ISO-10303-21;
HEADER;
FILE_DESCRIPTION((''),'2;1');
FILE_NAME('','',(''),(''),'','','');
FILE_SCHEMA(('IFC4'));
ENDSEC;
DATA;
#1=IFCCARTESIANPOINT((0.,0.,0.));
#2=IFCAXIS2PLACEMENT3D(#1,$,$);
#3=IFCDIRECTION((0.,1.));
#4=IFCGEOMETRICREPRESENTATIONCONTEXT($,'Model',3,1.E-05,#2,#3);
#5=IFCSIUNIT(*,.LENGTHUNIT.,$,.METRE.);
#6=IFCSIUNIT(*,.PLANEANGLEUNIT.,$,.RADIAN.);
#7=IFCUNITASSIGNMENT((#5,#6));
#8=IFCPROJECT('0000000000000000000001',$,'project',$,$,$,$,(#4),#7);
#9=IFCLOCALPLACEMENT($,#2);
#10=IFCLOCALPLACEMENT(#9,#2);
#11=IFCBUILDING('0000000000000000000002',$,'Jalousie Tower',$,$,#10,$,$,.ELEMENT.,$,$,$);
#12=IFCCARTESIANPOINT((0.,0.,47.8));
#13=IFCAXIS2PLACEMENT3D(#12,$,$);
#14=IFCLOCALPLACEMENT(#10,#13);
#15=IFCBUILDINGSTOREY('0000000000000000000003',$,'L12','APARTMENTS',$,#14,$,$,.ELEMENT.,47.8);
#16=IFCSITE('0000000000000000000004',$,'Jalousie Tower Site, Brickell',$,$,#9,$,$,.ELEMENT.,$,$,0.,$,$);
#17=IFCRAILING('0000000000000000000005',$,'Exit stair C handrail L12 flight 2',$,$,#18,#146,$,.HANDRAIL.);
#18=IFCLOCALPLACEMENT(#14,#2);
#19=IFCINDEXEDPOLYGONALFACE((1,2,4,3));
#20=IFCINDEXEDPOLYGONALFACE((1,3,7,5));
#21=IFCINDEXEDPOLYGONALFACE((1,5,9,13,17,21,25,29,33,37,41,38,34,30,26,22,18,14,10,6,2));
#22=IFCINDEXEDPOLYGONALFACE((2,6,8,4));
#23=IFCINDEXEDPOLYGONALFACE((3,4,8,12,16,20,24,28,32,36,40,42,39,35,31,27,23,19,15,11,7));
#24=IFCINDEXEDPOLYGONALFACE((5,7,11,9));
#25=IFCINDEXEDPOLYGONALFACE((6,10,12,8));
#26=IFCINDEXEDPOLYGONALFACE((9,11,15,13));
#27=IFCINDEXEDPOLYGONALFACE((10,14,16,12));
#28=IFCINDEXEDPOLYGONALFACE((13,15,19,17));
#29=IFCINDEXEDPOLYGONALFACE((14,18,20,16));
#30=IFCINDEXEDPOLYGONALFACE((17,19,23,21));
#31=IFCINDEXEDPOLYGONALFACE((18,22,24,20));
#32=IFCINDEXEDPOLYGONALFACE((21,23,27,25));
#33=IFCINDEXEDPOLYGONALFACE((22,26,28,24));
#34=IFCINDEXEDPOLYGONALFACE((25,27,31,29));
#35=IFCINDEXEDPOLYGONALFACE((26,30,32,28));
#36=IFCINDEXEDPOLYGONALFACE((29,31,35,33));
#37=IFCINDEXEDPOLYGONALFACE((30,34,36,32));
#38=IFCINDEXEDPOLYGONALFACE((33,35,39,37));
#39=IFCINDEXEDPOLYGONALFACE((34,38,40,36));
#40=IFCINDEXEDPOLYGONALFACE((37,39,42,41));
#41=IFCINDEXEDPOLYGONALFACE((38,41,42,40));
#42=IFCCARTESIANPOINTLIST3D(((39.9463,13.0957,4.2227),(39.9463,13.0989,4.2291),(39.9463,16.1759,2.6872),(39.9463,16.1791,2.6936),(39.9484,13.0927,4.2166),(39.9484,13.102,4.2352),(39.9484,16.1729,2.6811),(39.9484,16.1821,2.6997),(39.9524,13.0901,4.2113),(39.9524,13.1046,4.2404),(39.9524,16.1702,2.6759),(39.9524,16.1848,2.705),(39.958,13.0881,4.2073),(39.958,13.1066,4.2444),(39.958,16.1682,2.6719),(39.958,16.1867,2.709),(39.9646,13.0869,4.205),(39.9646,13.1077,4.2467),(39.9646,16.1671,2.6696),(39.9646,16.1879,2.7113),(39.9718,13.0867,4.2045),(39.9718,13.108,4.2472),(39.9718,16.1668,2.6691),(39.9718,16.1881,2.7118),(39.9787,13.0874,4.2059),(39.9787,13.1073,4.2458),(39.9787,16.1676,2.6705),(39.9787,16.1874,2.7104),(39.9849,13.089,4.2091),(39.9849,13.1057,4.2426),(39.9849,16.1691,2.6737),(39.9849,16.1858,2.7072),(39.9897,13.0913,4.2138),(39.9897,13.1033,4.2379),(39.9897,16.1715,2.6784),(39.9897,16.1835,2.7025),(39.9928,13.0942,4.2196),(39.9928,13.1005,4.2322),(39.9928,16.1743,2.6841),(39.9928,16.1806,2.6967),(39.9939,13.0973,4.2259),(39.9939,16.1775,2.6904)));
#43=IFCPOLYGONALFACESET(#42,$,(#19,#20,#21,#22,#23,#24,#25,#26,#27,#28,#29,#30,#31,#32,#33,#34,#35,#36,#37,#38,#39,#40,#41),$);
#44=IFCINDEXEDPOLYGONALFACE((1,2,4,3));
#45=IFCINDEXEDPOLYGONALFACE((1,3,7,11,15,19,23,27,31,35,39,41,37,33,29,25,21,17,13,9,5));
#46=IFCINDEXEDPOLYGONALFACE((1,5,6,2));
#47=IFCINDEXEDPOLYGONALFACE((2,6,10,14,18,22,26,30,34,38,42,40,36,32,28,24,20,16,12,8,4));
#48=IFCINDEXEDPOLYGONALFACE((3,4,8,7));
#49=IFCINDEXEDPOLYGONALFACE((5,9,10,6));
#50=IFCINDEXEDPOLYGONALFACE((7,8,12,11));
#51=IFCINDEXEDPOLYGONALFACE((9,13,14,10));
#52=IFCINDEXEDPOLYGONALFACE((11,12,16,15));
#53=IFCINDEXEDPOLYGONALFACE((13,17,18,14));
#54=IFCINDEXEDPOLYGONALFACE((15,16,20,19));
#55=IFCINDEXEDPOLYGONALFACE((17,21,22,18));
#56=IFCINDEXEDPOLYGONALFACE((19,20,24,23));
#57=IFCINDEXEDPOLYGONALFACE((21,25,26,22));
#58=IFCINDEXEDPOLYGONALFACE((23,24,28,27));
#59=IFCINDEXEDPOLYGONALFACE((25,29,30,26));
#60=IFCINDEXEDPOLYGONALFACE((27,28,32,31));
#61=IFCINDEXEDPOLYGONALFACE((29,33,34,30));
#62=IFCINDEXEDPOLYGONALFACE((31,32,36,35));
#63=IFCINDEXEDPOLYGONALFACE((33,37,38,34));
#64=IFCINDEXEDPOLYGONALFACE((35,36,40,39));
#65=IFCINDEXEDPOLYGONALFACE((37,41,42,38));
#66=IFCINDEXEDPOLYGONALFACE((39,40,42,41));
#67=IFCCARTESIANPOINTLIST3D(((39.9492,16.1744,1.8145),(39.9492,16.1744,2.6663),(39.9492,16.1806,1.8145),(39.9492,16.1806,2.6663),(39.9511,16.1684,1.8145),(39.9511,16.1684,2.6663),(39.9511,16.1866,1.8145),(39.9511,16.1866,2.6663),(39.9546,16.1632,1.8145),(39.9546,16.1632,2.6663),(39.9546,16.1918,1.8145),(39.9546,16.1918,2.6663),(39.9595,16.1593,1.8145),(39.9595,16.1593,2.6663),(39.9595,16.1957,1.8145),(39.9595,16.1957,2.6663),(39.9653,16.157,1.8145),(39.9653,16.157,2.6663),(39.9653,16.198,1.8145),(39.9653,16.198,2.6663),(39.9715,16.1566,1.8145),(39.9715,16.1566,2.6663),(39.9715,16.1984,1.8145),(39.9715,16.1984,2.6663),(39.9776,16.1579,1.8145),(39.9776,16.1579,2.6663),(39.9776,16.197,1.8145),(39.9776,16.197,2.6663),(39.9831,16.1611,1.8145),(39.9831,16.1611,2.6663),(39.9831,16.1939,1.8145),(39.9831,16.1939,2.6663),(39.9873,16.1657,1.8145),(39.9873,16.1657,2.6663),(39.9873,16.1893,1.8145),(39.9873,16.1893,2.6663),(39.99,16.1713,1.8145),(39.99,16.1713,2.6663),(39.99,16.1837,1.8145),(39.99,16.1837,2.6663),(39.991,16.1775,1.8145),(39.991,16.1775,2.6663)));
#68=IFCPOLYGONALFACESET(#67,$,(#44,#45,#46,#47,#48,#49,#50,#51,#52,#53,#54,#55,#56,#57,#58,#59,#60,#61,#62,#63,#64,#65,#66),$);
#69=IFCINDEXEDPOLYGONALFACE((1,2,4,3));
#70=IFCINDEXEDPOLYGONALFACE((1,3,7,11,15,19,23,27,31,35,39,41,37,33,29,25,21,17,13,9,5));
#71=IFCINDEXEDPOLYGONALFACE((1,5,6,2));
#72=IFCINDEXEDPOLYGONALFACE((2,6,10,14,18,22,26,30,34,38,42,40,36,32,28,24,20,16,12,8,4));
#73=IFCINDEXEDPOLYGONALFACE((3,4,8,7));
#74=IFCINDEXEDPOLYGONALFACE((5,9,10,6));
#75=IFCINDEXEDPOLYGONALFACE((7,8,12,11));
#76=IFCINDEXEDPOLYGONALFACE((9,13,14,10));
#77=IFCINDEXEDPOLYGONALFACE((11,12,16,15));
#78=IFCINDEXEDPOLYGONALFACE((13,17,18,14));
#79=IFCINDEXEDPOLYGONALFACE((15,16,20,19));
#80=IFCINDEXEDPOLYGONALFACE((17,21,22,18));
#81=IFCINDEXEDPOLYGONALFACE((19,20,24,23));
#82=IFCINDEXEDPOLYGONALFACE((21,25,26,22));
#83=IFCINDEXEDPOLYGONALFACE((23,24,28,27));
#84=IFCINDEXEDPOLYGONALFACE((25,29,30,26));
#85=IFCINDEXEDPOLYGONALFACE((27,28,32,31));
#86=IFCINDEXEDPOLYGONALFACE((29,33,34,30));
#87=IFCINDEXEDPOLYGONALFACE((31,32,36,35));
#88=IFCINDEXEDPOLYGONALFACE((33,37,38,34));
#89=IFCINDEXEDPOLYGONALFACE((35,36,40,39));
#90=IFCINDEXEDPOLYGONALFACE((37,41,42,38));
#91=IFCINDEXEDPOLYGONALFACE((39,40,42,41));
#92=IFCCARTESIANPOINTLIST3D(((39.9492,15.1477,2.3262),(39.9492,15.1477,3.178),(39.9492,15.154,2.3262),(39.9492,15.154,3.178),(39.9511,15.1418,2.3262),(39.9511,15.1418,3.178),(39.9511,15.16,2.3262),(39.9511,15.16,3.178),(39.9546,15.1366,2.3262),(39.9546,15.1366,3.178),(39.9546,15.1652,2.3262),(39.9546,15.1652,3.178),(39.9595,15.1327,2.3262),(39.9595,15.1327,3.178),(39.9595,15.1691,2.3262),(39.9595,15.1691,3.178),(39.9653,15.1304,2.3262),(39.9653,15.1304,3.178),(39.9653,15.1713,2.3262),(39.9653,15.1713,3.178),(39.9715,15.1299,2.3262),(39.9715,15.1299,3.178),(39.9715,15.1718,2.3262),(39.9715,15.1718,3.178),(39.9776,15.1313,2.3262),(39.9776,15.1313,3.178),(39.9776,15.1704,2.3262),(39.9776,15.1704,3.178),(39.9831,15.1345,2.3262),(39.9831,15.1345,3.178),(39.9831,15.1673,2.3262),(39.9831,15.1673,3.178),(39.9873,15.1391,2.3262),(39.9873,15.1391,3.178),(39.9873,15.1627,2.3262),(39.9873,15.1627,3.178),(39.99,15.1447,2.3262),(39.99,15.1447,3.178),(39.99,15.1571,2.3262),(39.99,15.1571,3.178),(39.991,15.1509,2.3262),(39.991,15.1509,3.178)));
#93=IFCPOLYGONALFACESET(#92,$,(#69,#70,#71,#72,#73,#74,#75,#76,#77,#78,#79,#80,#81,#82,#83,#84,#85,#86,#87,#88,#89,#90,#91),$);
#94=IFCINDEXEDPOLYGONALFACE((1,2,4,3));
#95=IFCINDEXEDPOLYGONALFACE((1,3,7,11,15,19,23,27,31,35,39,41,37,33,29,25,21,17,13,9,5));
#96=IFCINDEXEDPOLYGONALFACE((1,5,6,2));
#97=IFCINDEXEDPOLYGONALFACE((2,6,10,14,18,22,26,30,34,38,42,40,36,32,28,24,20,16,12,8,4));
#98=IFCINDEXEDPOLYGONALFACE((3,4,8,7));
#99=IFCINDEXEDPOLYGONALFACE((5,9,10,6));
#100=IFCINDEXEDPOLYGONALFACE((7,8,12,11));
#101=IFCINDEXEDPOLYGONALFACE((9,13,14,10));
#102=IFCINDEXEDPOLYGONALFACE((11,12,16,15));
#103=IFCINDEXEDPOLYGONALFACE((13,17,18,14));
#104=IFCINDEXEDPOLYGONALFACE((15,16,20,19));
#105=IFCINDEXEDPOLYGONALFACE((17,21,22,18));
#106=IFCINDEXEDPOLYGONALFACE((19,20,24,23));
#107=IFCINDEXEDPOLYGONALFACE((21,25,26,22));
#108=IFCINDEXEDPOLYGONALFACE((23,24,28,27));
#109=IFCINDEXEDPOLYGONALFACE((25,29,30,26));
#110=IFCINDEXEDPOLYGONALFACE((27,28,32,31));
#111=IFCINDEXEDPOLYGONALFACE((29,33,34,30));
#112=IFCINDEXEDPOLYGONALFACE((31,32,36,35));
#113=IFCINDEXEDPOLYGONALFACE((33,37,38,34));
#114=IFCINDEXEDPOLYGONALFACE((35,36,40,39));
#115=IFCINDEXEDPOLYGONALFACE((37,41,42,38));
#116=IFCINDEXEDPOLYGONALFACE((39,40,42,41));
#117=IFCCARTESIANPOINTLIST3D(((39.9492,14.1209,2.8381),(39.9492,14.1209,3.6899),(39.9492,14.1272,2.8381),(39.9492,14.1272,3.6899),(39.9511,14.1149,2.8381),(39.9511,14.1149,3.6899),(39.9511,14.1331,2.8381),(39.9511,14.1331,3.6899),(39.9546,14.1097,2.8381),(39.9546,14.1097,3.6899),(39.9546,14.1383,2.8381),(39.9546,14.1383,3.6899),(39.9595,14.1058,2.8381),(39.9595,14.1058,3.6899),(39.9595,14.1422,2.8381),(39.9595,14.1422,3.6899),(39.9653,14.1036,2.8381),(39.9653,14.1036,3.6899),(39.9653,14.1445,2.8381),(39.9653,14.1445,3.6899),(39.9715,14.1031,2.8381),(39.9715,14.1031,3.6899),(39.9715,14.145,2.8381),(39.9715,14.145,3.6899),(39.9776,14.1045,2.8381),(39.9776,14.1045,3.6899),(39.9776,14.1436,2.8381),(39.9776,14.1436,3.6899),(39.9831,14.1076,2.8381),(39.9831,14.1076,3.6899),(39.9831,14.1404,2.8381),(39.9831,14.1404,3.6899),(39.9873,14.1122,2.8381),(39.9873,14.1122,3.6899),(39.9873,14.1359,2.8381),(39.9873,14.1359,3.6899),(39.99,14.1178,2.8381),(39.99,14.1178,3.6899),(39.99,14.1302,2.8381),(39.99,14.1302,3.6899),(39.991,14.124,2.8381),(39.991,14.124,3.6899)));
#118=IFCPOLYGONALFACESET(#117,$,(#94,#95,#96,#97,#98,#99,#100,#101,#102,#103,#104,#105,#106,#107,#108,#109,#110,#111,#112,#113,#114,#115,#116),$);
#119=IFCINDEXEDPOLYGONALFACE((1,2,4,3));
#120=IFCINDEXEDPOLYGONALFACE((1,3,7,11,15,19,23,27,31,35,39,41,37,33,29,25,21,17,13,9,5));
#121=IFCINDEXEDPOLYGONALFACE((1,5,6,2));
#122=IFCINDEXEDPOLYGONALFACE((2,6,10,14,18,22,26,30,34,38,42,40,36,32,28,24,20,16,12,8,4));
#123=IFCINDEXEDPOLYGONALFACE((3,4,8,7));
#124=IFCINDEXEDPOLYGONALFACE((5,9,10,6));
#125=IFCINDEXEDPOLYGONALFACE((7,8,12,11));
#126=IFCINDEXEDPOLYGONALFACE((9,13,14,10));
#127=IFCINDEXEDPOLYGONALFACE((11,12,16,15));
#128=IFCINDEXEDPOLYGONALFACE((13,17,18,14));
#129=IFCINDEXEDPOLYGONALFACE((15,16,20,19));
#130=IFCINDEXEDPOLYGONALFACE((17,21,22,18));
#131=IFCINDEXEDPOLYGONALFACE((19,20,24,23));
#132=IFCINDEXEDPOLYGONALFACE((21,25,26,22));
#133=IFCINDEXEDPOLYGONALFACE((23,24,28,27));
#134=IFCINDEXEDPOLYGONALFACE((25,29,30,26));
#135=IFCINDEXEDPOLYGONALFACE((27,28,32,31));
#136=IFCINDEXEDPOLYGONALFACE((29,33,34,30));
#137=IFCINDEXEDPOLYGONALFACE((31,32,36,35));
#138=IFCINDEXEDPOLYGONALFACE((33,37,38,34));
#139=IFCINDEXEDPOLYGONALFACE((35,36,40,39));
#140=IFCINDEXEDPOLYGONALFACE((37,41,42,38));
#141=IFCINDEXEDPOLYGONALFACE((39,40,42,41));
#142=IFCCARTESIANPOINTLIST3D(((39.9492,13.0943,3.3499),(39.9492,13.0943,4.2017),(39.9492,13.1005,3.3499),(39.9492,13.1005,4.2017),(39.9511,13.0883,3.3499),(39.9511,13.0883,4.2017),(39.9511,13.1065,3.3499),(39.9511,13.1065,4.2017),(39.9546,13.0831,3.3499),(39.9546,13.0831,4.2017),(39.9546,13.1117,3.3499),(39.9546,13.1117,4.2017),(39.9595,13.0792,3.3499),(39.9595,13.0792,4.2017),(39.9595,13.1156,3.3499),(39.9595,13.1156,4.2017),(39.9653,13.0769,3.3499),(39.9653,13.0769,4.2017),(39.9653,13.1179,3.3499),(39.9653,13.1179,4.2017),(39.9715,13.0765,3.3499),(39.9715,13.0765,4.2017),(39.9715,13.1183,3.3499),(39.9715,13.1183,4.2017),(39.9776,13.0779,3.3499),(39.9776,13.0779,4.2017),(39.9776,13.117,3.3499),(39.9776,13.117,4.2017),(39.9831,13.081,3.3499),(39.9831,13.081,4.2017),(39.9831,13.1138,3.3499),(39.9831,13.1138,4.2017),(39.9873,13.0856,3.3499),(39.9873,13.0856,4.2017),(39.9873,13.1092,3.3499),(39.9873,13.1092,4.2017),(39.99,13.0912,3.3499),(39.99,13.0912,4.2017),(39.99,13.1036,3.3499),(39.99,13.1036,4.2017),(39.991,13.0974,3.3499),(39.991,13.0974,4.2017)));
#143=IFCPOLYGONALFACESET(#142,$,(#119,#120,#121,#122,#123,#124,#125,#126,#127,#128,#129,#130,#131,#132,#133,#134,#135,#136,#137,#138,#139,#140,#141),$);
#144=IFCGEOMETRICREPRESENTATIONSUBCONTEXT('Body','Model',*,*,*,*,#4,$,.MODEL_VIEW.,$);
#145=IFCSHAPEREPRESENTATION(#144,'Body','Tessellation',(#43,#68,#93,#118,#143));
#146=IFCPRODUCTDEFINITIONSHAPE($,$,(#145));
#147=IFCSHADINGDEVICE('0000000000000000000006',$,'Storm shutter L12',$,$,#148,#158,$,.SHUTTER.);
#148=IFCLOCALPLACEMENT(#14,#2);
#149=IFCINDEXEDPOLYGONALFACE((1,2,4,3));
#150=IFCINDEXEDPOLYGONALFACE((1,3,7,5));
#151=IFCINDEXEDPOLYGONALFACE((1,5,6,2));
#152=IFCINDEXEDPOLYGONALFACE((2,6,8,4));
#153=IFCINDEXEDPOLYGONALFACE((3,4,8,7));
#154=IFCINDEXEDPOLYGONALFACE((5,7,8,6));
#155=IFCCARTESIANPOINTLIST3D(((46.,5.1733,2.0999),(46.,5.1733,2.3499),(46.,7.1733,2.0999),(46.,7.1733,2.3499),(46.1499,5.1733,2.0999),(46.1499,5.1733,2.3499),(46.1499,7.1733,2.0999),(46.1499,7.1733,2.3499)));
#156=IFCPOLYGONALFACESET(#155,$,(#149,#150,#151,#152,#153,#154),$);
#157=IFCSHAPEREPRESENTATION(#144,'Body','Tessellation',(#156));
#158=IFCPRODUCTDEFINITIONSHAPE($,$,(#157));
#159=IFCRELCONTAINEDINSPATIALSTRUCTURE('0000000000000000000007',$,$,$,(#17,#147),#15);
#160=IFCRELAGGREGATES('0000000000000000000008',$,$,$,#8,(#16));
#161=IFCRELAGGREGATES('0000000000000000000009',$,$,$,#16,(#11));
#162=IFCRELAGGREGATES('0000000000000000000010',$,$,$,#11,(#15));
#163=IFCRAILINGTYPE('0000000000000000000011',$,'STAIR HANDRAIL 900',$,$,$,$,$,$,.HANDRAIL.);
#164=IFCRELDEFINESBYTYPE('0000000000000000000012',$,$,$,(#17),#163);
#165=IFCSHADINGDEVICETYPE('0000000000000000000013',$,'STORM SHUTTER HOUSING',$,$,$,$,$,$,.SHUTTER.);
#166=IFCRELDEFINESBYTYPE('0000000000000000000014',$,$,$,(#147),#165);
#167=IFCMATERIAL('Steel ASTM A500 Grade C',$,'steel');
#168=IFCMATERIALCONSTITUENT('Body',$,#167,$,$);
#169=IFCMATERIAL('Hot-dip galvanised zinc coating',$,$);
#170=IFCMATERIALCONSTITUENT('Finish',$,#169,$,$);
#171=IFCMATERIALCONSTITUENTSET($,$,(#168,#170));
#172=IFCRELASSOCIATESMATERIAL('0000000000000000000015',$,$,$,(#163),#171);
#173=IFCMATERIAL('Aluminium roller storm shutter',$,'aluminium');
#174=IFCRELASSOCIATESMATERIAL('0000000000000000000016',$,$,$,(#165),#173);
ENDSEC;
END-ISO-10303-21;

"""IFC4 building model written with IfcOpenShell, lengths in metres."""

from ifc_helpers import new_model, si_unit, direction, frame, origin, origin_2d, place, context, subcontext, project, spatial, rectangle, circle, extrude, material, constituent, constituent_set, type_object, element, save


model = new_model("IFC4")

# Units and contexts
model_context = context("Model", 3, precision=1e-05, world=origin(), true_north=direction((0.0, 1.0)))
body_context = subcontext(model_context, "Body", "Model", "MODEL_VIEW")
ifc_project = project(units=[si_unit("LENGTHUNIT", "METRE"), si_unit("PLANEANGLEUNIT", "RADIAN")], contexts=[model_context])

# Site, building, storey
site_placement = place(None, origin())
site = spatial("IfcSite", under=ifc_project, at=site_placement, Name="Jalousie Tower Site, Brickell", CompositionType="ELEMENT", RefElevation=0.0)
building_placement = place(site_placement, origin())
building = spatial("IfcBuilding", under=site, at=building_placement, Name="Jalousie Tower", CompositionType="ELEMENT")
storey_placement = place(building_placement, frame((0.0, 0.0, 47.8)))
storey = spatial("IfcBuildingStorey", under=building, at=storey_placement, Name="L12", Description="APARTMENTS", CompositionType="ELEMENT", Elevation=47.8)

# Railing
ifc_material_1 = material(Name="Steel ASTM A500 Grade C", Category="steel")
ifc_constituent_1 = constituent(ifc_material_1, Name="Body")
ifc_material_2 = material(Name="Hot-dip galvanised zinc coating")
ifc_constituent_2 = constituent(ifc_material_2, Name="Finish")
ifc_constituent_set_1 = constituent_set(constituents=[ifc_constituent_1, ifc_constituent_2])
railing_type = type_object("IfcRailingType", Name="STAIR HANDRAIL 900", PredefinedType="HANDRAIL", material=ifc_constituent_set_1)
railing_placement = place(storey_placement, frame((39.97, 16.1775, 1.8145)))
element("IfcRailing", 1, at=railing_placement, inside=storey, type_object=railing_type, Name="Exit stair C handrail L12 flight 2", PredefinedType="HANDRAIL", context=body_context, shape_type="SweptSolid", body=[
    extrude(circle(Radius=0.0239, at=origin_2d()), frame((0.0, 0.0, 0.876), z_axis=(0.0, -0.894966, 0.446135), x_axis=(1.0, 0.0, 0.0)), (0.0, 0.0, 1.0), 3.4417),
    extrude(circle(Radius=0.021, at=origin_2d()), origin(), (0.0, 0.0, 1.0), 0.8518),
    extrude(circle(Radius=0.021, at=origin_2d()), frame((0.0, -1.0266, 0.5117)), (0.0, 0.0, 1.0), 0.8518),
    extrude(circle(Radius=0.021, at=origin_2d()), frame((0.0, -2.0535, 1.0237)), (0.0, 0.0, 1.0), 0.8518),
    extrude(circle(Radius=0.021, at=origin_2d()), frame((0.0, -3.0801, 1.5354)), (0.0, 0.0, 1.0), 0.8518),
])

# Shading device
ifc_material_3 = material(Name="Aluminium roller storm shutter", Category="aluminium")
shading_device_type = type_object("IfcShadingDeviceType", Name="STORM SHUTTER HOUSING", PredefinedType="SHUTTER", material=ifc_material_3)
shading_device_placement = place(storey_placement, frame((46.075, 6.1733, 2.0999), z_axis=(0.0, 0.0, 1.0), x_axis=(0.0, 1.0, 0.0)))
element("IfcShadingDevice", 2, at=shading_device_placement, inside=storey, type_object=shading_device_type, Name="Storm shutter L12", PredefinedType="SHUTTER", context=body_context, shape_type="SweptSolid", body=[
    extrude(rectangle(XDim=2.0, YDim=0.1499, at=origin_2d()), origin(), (0.0, 0.0, 1.0), 0.25),
])

save(model, "model.ifc")
